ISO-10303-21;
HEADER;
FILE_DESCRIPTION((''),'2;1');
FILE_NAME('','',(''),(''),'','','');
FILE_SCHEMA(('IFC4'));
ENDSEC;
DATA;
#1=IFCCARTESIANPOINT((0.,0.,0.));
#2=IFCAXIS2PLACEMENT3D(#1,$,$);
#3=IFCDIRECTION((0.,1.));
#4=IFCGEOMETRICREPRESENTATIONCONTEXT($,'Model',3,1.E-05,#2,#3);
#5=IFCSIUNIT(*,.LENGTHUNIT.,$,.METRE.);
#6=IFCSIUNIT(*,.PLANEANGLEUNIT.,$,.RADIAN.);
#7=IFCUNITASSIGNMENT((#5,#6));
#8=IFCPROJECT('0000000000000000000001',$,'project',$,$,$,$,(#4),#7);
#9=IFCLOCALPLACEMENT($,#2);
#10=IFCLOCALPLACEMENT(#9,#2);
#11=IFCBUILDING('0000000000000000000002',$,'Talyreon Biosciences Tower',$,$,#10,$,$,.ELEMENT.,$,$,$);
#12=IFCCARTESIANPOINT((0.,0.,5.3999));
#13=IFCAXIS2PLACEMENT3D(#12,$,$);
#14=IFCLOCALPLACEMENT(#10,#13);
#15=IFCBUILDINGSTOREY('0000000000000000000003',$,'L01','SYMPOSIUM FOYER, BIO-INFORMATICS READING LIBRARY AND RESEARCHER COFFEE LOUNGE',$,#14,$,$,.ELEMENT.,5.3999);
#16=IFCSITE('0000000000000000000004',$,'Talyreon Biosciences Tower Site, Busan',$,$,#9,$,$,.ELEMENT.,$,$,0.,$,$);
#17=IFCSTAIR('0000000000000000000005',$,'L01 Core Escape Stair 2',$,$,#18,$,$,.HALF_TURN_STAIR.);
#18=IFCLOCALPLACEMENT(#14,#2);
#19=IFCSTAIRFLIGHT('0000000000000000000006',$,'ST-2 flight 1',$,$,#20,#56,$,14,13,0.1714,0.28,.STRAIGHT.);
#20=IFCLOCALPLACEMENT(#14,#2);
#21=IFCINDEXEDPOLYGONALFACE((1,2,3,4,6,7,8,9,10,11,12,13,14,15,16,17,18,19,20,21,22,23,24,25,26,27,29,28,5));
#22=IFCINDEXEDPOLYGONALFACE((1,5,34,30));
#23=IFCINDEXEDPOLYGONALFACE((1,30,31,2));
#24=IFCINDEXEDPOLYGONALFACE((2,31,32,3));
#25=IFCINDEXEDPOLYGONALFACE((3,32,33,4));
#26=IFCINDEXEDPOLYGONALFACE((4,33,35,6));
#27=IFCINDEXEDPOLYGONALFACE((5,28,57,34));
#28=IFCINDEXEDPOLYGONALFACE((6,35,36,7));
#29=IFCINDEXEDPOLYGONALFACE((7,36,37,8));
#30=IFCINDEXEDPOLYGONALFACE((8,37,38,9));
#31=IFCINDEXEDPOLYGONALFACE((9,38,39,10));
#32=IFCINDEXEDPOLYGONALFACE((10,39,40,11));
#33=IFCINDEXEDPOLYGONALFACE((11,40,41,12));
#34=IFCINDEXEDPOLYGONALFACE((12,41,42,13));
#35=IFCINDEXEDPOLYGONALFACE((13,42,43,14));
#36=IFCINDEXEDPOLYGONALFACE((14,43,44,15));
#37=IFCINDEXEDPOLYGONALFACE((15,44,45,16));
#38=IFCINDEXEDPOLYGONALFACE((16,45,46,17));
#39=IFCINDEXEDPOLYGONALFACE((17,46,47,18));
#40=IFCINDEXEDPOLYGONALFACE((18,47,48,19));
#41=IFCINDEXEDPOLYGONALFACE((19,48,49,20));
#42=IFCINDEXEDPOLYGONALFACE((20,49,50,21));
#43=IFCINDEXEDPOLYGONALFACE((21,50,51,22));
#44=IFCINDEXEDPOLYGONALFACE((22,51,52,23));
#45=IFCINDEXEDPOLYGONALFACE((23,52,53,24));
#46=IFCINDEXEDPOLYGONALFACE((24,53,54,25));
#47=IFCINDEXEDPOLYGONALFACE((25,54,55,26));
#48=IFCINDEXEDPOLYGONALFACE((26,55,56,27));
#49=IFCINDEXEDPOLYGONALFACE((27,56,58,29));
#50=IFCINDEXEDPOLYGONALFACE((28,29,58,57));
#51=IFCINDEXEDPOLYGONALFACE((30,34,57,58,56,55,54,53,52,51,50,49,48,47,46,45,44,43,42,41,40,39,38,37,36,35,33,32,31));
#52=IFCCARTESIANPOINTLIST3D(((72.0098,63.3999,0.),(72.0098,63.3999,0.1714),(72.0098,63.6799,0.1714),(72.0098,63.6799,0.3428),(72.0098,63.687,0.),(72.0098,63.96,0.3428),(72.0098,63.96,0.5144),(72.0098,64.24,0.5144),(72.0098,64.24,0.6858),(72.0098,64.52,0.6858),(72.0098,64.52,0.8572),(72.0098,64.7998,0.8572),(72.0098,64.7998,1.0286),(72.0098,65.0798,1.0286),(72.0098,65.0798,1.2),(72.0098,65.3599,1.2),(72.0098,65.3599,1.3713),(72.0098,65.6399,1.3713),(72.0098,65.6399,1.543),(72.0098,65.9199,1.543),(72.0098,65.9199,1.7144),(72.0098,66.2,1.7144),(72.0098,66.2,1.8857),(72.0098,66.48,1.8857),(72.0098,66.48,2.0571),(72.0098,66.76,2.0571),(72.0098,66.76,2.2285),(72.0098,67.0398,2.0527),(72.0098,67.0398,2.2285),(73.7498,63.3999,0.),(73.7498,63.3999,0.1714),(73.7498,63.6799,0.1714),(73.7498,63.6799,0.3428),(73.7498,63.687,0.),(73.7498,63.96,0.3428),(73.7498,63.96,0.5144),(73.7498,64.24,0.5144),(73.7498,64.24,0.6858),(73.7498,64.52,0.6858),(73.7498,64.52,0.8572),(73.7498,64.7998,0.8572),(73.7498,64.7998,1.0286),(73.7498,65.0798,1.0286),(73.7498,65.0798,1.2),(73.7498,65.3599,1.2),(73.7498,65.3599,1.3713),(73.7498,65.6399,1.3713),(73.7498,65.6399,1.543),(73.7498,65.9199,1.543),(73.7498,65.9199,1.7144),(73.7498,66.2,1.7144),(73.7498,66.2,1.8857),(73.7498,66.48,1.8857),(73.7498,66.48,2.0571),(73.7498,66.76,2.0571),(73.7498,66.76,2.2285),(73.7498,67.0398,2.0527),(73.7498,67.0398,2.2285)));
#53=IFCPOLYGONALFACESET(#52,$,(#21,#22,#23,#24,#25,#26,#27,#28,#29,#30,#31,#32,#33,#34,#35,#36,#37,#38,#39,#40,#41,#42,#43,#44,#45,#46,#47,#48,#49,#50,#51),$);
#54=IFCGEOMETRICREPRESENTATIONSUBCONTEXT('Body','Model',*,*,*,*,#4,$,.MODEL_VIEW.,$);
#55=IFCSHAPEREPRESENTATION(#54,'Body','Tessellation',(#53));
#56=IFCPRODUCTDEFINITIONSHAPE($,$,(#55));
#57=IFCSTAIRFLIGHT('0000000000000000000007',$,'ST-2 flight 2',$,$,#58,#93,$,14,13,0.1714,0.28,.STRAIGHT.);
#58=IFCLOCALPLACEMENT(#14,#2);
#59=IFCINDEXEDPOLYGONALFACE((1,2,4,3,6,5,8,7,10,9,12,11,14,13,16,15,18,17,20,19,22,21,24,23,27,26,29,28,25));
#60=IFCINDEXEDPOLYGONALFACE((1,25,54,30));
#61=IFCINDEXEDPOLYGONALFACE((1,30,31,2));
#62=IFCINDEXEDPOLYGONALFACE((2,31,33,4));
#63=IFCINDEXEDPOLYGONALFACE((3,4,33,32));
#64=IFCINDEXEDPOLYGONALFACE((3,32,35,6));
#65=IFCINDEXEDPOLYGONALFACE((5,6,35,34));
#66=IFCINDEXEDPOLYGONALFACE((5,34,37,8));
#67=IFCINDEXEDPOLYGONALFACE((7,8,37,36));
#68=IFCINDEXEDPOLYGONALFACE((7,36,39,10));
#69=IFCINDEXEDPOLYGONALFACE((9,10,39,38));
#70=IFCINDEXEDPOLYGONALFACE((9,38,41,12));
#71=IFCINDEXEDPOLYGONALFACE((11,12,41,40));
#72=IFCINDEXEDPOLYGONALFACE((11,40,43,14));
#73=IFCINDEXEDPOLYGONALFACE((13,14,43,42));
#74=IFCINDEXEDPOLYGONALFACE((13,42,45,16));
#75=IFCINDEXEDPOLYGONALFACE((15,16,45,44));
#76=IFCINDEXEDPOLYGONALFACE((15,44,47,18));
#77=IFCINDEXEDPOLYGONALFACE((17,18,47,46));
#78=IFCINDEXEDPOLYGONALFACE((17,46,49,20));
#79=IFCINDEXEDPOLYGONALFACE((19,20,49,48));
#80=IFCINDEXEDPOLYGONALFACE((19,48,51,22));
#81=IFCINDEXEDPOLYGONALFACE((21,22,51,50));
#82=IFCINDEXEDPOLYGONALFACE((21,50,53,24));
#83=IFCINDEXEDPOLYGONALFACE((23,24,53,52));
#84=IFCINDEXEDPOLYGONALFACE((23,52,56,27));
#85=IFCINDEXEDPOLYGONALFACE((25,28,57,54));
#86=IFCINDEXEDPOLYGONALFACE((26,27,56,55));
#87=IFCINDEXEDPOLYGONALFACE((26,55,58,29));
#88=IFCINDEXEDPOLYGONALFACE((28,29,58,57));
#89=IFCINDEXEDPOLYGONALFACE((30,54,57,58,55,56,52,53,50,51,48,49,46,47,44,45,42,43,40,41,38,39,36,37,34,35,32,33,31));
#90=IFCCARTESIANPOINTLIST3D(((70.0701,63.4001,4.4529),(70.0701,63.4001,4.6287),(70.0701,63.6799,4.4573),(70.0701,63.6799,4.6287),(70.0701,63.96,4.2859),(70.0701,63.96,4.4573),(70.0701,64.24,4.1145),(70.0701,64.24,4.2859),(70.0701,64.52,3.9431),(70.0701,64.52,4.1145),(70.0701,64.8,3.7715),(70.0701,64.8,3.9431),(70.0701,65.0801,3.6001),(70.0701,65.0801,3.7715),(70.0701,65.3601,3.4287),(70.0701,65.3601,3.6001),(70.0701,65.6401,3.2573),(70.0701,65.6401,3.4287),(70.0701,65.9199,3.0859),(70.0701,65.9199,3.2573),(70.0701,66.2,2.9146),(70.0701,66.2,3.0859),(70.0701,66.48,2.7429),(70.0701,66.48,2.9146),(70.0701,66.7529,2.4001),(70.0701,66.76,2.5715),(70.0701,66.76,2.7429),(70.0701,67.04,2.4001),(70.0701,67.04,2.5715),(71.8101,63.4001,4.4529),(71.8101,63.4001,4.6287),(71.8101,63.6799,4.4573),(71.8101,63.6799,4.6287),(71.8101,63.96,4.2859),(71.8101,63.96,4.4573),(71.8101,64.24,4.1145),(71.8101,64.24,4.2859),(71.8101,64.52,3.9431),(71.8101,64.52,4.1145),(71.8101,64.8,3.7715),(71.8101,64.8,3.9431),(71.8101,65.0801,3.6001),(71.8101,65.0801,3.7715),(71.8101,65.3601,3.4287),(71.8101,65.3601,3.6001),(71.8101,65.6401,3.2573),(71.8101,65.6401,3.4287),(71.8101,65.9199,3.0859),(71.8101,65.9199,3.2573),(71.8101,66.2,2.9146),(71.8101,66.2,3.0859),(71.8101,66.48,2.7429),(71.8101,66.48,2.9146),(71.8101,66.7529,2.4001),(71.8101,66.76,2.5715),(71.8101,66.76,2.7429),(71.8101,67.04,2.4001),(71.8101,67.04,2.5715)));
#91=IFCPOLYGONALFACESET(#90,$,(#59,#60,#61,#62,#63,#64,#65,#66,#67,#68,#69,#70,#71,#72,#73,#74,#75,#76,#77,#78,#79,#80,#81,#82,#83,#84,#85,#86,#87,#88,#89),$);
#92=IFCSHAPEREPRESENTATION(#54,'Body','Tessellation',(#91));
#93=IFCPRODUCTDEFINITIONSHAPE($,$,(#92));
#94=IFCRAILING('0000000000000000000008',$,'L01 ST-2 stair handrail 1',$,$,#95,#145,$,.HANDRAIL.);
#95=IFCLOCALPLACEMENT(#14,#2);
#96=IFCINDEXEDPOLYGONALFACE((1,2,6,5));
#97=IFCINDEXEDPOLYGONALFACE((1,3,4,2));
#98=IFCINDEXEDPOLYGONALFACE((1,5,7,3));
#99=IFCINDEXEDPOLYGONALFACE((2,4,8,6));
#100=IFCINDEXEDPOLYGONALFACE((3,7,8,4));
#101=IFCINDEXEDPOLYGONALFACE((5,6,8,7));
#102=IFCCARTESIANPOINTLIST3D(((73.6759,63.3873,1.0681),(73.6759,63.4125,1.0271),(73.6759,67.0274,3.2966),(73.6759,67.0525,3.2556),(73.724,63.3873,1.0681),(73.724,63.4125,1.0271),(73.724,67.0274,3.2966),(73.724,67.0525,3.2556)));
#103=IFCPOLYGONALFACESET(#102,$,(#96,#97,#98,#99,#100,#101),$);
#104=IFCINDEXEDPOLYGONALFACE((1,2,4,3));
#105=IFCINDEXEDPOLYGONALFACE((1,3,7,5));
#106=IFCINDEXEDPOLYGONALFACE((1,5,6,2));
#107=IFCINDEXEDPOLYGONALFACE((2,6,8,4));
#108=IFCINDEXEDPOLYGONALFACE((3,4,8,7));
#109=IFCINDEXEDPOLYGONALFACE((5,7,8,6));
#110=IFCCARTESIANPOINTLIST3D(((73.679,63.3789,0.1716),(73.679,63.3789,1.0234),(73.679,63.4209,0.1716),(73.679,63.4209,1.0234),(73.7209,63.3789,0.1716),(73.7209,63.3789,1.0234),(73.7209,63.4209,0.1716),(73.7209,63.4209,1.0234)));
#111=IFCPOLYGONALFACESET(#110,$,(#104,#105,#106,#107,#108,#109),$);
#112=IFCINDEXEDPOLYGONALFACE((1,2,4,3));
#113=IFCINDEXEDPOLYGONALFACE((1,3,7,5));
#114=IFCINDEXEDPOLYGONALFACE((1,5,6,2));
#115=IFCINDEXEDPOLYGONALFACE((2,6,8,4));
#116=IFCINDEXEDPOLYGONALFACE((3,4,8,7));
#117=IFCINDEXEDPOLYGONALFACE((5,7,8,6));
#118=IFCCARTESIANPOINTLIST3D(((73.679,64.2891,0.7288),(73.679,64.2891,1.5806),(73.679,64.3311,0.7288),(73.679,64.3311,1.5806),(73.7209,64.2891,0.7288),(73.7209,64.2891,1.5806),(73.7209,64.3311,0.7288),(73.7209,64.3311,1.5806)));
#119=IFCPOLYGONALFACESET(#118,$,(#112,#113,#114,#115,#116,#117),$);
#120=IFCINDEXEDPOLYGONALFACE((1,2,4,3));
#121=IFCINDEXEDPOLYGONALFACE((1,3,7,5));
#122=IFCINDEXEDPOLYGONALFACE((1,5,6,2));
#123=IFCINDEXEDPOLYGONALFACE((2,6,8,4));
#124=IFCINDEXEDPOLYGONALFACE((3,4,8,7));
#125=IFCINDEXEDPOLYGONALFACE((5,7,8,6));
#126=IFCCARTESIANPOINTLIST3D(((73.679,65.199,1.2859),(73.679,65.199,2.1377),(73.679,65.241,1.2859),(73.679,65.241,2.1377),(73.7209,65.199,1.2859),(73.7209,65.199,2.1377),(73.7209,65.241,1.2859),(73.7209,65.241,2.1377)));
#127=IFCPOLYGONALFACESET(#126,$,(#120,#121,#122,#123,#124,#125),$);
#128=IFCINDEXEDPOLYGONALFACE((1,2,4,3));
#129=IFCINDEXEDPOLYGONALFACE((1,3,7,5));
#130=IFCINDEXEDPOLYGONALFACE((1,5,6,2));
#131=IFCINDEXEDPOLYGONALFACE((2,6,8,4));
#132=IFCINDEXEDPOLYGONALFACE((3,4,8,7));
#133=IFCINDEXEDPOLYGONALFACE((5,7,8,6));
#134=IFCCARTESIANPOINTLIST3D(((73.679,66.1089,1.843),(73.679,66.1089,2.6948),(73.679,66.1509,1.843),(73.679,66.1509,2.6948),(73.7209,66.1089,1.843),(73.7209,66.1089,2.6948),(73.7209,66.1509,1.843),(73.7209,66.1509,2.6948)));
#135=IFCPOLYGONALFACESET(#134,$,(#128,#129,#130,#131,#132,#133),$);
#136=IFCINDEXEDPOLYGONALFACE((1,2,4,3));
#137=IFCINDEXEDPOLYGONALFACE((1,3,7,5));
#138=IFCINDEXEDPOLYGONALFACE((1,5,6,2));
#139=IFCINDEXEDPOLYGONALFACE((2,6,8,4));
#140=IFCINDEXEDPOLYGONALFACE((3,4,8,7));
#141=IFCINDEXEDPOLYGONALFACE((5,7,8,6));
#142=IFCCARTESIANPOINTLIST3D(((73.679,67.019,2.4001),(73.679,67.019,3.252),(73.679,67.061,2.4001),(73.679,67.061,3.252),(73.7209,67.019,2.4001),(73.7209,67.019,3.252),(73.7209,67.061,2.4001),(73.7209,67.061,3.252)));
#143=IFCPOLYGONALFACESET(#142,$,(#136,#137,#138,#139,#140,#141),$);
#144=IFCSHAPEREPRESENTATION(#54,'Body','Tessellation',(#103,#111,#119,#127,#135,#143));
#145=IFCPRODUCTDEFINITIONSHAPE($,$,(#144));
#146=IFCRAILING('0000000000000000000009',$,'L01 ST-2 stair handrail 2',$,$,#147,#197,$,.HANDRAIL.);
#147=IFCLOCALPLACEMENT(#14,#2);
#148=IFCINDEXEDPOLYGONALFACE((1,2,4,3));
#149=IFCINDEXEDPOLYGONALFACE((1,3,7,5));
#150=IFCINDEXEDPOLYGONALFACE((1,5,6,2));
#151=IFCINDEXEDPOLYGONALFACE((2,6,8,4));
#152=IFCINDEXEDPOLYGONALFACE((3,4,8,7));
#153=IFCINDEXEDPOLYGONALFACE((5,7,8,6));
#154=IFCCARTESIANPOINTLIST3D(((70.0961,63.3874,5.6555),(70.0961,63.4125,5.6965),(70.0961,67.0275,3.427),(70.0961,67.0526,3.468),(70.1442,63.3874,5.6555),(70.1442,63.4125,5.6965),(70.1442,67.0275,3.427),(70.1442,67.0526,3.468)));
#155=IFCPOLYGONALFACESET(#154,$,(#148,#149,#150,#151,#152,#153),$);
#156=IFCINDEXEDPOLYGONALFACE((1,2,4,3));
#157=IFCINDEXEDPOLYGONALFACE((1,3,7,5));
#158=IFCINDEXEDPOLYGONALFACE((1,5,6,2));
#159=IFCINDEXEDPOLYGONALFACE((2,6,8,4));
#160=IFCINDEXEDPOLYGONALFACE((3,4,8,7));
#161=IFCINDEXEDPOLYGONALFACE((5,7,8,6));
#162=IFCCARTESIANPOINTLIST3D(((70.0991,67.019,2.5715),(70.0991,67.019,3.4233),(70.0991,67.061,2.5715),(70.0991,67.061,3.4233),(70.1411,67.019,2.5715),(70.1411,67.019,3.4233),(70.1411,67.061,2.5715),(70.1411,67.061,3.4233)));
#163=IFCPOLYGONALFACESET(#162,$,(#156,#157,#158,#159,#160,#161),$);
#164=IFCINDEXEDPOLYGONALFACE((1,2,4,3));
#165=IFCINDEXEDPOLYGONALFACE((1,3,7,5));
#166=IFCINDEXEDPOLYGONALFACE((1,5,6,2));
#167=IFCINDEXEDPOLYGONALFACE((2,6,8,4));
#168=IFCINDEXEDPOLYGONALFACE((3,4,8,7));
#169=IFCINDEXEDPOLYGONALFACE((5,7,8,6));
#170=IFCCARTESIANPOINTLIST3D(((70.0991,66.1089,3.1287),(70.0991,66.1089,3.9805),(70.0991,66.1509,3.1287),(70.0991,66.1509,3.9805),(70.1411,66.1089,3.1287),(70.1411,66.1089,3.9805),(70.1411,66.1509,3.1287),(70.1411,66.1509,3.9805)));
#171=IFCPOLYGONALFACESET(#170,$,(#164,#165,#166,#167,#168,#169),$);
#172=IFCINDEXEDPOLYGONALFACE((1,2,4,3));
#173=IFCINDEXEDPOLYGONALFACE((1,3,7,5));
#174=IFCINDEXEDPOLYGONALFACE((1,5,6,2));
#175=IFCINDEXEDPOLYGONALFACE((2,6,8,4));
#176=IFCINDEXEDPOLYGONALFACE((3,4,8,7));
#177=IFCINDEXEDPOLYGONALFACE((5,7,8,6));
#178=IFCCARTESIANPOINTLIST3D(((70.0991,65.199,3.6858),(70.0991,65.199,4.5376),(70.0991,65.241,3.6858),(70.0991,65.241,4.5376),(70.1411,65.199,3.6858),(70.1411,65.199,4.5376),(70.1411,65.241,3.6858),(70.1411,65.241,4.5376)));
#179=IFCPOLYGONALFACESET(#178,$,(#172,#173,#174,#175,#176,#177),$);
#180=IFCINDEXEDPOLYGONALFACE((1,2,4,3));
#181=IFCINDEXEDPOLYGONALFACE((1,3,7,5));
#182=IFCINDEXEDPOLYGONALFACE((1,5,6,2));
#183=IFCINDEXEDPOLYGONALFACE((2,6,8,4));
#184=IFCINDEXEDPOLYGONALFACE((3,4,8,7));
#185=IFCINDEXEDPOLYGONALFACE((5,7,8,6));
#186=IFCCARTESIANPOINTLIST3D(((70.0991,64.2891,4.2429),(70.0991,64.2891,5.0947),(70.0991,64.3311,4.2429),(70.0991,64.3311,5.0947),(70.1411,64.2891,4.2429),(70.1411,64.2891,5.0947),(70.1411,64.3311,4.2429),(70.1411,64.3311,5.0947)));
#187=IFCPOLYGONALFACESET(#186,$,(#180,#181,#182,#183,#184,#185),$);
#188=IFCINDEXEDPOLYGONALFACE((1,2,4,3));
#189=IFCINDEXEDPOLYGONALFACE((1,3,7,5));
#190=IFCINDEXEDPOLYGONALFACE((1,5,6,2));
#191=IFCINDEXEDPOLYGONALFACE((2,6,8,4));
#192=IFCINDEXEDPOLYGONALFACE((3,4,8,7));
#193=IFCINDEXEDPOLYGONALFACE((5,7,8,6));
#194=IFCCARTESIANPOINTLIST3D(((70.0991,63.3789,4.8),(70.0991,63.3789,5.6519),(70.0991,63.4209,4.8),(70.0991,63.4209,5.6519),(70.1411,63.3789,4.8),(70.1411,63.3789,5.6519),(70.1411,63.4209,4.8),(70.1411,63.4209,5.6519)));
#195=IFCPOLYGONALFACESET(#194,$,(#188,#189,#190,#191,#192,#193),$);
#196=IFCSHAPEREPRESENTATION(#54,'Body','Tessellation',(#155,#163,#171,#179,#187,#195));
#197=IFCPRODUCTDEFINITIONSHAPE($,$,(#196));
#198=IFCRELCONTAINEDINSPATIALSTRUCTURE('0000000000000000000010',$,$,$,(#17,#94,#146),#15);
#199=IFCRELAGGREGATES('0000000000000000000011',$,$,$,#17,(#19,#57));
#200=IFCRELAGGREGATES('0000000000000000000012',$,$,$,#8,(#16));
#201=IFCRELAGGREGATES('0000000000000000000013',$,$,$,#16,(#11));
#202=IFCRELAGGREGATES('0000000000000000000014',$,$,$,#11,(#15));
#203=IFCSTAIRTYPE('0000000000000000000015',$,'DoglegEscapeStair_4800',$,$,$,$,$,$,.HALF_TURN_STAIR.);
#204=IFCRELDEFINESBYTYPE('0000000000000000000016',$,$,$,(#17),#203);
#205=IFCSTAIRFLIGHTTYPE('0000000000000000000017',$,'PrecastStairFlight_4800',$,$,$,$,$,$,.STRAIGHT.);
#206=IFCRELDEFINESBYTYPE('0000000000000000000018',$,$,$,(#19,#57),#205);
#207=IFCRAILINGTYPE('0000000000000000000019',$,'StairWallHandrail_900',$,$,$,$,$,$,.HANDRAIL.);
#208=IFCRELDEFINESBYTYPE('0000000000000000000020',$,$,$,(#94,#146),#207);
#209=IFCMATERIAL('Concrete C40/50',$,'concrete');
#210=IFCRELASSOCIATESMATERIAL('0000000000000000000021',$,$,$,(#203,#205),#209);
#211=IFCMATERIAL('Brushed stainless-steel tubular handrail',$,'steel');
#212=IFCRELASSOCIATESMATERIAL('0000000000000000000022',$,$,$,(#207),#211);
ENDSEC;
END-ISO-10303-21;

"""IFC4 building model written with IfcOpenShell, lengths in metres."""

from ifc_helpers import new_model, si_unit, direction, frame, origin, origin_2d, place, context, subcontext, project, spatial, polyline, rectangle, outline, extrude, material, type_object, element, aggregate, save


model = new_model("IFC4")

# Units and contexts
model_context = context("Model", 3, precision=1e-05, world=origin(), true_north=direction((0.0, 1.0)))
body_context = subcontext(model_context, "Body", "Model", "MODEL_VIEW")
ifc_project = project(units=[si_unit("LENGTHUNIT", "METRE"), si_unit("PLANEANGLEUNIT", "RADIAN")], contexts=[model_context])

# Site, building, storey
site_placement = place(None, origin())
site = spatial("IfcSite", under=ifc_project, at=site_placement, Name="Talyreon Biosciences Tower Site, Busan", CompositionType="ELEMENT", RefElevation=0.0)
building_placement = place(site_placement, origin())
building = spatial("IfcBuilding", under=site, at=building_placement, Name="Talyreon Biosciences Tower", CompositionType="ELEMENT")
storey_placement = place(building_placement, frame((0.0, 0.0, 5.3999)))
storey = spatial("IfcBuildingStorey", under=building, at=storey_placement, Name="L01", Description="SYMPOSIUM FOYER, BIO-INFORMATICS READING LIBRARY AND RESEARCHER COFFEE LOUNGE", CompositionType="ELEMENT", Elevation=5.3999)

# Stair, stair flights
ifc_material_1 = material(Name="Concrete C40/50", Category="concrete")
stair_type = type_object("IfcStairType", Name="DoglegEscapeStair_4800", PredefinedType="HALF_TURN_STAIR", material=ifc_material_1)
stair_placement = place(storey_placement, origin())
stair = element("IfcStair", 1, at=stair_placement, inside=storey, type_object=stair_type, Name="L01 Core Escape Stair 2", PredefinedType="HALF_TURN_STAIR")
stair_flight_type = type_object("IfcStairFlightType", Name="PrecastStairFlight_4800", PredefinedType="STRAIGHT", material=ifc_material_1)
stair_flight_1_placement = place(storey_placement, frame((72.8799, 63.3999, 0.0), z_axis=(0.0, 0.0, 1.0), x_axis=(0.0, 1.0, 0.0)))
stair_flight_1 = element("IfcStairFlight", 2, at=stair_flight_1_placement, type_object=stair_flight_type, Name="ST-2 flight 1", NumberOfRisers=14, NumberOfTreads=13, PredefinedType="STRAIGHT", RiserHeight=0.1714, TreadLength=0.28, context=body_context, shape_type="SweptSolid", body=[
    extrude(outline(polyline([(0.0, 0.0), (0.0, 0.1714), (0.28, 0.1714), (0.28, 0.3428), (0.5601, 0.3428), (0.5601, 0.5144), (0.8401, 0.5144), (0.8401, 0.6858), (1.1201, 0.6858), (1.1201, 0.8572), (1.3999, 0.8572), (1.3999, 1.0286), (1.6799, 1.0286), (1.6799, 1.2), (1.96, 1.2), (1.96, 1.3713), (2.24, 1.3713), (2.24, 1.543), (2.52, 1.543), (2.52, 1.7144), (2.8, 1.7144), (2.8, 1.8857), (3.0801, 1.8857), (3.0801, 2.0571), (3.3601, 2.0571), (3.3601, 2.2285), (3.6399, 2.2285), (3.6399, 2.3999), (3.6399, 2.0527), (0.2871, 0.0), (0.0, 0.0)])), frame((0.0, 0.8701, 0.0), z_axis=(0.0, -1.0, 0.0), x_axis=(1.0, 0.0, 0.0)), (0.0, 0.0, 1.0), 1.74),
])
stair_flight_2_placement = place(storey_placement, frame((70.9399, 67.04, 2.4001), z_axis=(0.0, 0.0, 1.0), x_axis=(0.0, -1.0, 0.0)))
stair_flight_2 = element("IfcStairFlight", 3, at=stair_flight_2_placement, type_object=stair_flight_type, Name="ST-2 flight 2", NumberOfRisers=14, NumberOfTreads=13, PredefinedType="STRAIGHT", RiserHeight=0.1714, TreadLength=0.28, context=body_context, shape_type="SweptSolid", body=[
    extrude(outline(polyline([(0.0, 0.0), (0.0, 0.1714), (0.28, 0.1714), (0.28, 0.3428), (0.5601, 0.3428), (0.5601, 0.5144), (0.8401, 0.5144), (0.8401, 0.6858), (1.1201, 0.6858), (1.1201, 0.8572), (1.3999, 0.8572), (1.3999, 1.0286), (1.6799, 1.0286), (1.6799, 1.2), (1.96, 1.2), (1.96, 1.3713), (2.24, 1.3713), (2.24, 1.543), (2.52, 1.543), (2.52, 1.7144), (2.8, 1.7144), (2.8, 1.8857), (3.0801, 1.8857), (3.0801, 2.0571), (3.3601, 2.0571), (3.3601, 2.2285), (3.6399, 2.2285), (3.6399, 2.3999), (3.6399, 2.0527), (0.2871, 0.0), (0.0, 0.0)])), frame((0.0, 0.8701, 0.0), z_axis=(0.0, -1.0, 0.0), x_axis=(1.0, 0.0, 0.0)), (0.0, 0.0, 1.0), 1.74),
])
aggregate(stair, [stair_flight_1, stair_flight_2])

# Railings
ifc_material_2 = material(Name="Brushed stainless-steel tubular handrail", Category="steel")
railing_type_1 = type_object("IfcRailingType", Name="StairWallHandrail_900", PredefinedType="HANDRAIL", material=ifc_material_2)
railing_1_placement = place(storey_placement, frame((73.7, 63.3999, 0.1716)))
element("IfcRailing", 4, at=railing_1_placement, inside=storey, type_object=railing_type_1, Name="L01 ST-2 stair handrail 1", PredefinedType="HANDRAIL", context=body_context, shape_type="SweptSolid", body=[
    extrude(rectangle(XDim=0.0481, YDim=0.0481, at=origin_2d()), frame((0.0, 0.0, 0.876), z_axis=(0.0, 0.852866, 0.52213), x_axis=(-1.0, 0.0, 0.0)), (0.0, 0.0, 1.0), 4.2681),
    extrude(rectangle(XDim=0.042, YDim=0.042, at=origin_2d()), origin(), (0.0, 0.0, 1.0), 0.8518),
    extrude(rectangle(XDim=0.042, YDim=0.042, at=origin_2d()), frame((0.0, 0.9102, 0.5571)), (0.0, 0.0, 1.0), 0.8518),
    extrude(rectangle(XDim=0.042, YDim=0.042, at=origin_2d()), frame((0.0, 1.8201, 1.1143)), (0.0, 0.0, 1.0), 0.8518),
    extrude(rectangle(XDim=0.042, YDim=0.042, at=origin_2d()), frame((0.0, 2.73, 1.6714)), (0.0, 0.0, 1.0), 0.8518),
    extrude(rectangle(XDim=0.042, YDim=0.042, at=origin_2d()), frame((0.0, 3.6401, 2.2285)), (0.0, 0.0, 1.0), 0.8518),
])
railing_2_placement = place(storey_placement, frame((70.1201, 67.04, 2.5715)))
element("IfcRailing", 5, at=railing_2_placement, inside=storey, type_object=railing_type_1, Name="L01 ST-2 stair handrail 2", PredefinedType="HANDRAIL", context=body_context, shape_type="SweptSolid", body=[
    extrude(rectangle(XDim=0.0481, YDim=0.0481, at=origin_2d()), frame((0.0, 0.0, 0.876), z_axis=(0.0, -0.852866, 0.52213), x_axis=(1.0, 0.0, 0.0)), (0.0, 0.0, 1.0), 4.2681),
    extrude(rectangle(XDim=0.042, YDim=0.042, at=origin_2d()), origin(), (0.0, 0.0, 1.0), 0.8518),
    extrude(rectangle(XDim=0.042, YDim=0.042, at=origin_2d()), frame((0.0, -0.9102, 0.5571)), (0.0, 0.0, 1.0), 0.8518),
    extrude(rectangle(XDim=0.042, YDim=0.042, at=origin_2d()), frame((0.0, -1.8201, 1.1143)), (0.0, 0.0, 1.0), 0.8518),
    extrude(rectangle(XDim=0.042, YDim=0.042, at=origin_2d()), frame((0.0, -2.73, 1.6714)), (0.0, 0.0, 1.0), 0.8518),
    extrude(rectangle(XDim=0.042, YDim=0.042, at=origin_2d()), frame((0.0, -3.6401, 2.2285)), (0.0, 0.0, 1.0), 0.8518),
])

save(model, "model.ifc")
